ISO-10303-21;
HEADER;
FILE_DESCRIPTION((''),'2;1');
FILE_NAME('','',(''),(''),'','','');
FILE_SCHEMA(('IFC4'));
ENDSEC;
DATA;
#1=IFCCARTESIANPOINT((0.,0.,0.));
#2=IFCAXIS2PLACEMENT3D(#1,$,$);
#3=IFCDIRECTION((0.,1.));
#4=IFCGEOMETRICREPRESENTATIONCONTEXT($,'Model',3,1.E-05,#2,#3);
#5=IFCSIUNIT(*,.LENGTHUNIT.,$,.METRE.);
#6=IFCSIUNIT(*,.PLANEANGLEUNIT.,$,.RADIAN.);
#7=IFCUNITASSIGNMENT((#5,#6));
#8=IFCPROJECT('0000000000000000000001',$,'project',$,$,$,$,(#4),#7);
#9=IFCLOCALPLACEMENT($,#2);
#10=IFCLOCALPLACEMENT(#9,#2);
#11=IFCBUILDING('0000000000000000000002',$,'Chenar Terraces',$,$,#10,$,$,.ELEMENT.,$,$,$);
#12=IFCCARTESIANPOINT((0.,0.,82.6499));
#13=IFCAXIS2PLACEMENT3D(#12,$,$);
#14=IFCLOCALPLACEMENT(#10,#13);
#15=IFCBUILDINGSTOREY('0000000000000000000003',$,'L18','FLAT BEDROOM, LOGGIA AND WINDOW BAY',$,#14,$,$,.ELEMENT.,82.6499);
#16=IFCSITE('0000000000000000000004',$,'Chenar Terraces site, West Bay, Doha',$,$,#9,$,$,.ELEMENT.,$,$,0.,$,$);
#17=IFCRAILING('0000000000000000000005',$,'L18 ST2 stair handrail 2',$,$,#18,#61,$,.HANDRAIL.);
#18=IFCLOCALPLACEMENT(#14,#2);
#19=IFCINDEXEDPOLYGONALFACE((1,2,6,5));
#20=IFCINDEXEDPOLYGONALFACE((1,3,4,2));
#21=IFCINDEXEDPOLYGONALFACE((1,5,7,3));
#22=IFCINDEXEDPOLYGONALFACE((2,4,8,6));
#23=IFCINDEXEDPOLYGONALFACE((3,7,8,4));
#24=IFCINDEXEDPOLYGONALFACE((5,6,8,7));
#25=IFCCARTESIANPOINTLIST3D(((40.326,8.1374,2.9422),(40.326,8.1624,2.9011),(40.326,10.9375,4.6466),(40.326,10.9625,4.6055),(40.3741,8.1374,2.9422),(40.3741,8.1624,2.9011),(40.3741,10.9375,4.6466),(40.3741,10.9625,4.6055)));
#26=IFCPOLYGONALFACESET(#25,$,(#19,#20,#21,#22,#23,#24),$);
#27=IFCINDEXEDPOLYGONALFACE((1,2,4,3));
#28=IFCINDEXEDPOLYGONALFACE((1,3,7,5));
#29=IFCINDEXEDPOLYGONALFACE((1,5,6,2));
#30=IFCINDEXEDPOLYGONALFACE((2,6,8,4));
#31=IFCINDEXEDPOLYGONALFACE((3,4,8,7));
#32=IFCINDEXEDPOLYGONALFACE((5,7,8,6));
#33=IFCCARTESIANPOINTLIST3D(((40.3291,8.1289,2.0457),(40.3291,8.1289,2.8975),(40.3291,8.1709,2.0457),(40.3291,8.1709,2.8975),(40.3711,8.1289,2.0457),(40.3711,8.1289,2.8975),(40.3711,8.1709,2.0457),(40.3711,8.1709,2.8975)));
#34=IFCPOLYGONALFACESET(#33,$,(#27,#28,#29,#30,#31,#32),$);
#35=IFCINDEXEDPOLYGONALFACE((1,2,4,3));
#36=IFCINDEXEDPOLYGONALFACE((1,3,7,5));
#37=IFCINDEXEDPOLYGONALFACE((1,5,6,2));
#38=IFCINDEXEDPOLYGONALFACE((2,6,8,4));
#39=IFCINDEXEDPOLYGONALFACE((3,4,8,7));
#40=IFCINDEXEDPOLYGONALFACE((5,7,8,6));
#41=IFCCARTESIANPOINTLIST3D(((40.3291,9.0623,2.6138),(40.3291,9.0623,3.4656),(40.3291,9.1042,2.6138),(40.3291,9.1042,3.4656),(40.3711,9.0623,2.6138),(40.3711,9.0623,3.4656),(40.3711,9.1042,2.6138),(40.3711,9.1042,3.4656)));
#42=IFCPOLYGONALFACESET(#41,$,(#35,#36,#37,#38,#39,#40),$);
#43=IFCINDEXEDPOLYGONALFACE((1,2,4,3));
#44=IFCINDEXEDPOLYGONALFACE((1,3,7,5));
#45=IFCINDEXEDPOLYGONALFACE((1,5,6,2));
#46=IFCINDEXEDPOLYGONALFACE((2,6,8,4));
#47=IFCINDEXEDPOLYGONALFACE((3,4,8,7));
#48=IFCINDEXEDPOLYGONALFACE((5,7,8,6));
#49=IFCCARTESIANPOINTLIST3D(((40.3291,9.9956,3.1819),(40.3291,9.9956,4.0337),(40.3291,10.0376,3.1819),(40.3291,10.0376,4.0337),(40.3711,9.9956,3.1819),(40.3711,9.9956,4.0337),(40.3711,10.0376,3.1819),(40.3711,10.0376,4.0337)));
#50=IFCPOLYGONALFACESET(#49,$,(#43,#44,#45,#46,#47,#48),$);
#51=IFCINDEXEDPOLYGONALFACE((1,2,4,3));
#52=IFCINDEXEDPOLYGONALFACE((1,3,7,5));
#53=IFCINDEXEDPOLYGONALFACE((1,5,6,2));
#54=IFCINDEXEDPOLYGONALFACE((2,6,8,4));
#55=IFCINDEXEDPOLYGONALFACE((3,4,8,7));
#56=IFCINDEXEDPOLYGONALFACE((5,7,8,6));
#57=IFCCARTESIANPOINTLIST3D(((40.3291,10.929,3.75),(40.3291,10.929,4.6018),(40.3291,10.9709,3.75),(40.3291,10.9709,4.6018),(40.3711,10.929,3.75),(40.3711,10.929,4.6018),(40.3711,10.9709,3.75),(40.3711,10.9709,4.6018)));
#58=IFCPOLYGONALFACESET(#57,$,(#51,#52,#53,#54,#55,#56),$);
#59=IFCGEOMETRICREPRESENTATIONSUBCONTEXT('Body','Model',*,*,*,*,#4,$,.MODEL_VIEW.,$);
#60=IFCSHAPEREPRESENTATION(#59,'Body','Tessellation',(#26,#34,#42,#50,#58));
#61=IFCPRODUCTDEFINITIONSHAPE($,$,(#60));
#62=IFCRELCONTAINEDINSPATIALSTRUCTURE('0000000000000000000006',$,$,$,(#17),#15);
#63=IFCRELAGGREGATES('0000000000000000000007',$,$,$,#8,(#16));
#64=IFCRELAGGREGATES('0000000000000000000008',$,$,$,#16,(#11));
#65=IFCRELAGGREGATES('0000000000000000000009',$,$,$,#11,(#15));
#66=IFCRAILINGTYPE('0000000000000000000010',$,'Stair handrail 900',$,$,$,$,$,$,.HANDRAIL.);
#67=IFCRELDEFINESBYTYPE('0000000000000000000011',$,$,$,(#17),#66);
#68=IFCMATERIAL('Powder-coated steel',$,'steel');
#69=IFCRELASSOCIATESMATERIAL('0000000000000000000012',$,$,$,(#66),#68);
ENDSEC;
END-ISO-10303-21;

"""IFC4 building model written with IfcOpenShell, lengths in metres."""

from ifc_helpers import new_model, si_unit, direction, frame, origin, origin_2d, place, context, subcontext, project, spatial, rectangle, extrude, material, type_object, element, save


model = new_model("IFC4")

# Units and contexts
model_context = context("Model", 3, precision=1e-05, world=origin(), true_north=direction((0.0, 1.0)))
body_context = subcontext(model_context, "Body", "Model", "MODEL_VIEW")
ifc_project = project(units=[si_unit("LENGTHUNIT", "METRE"), si_unit("PLANEANGLEUNIT", "RADIAN")], contexts=[model_context])

# Site, building, storey
site_placement = place(None, origin())
site = spatial("IfcSite", under=ifc_project, at=site_placement, Name="Chenar Terraces site, West Bay, Doha", CompositionType="ELEMENT", RefElevation=0.0)
building_placement = place(site_placement, origin())
building = spatial("IfcBuilding", under=site, at=building_placement, Name="Chenar Terraces", CompositionType="ELEMENT")
storey_placement = place(building_placement, frame((0.0, 0.0, 82.6499)))
storey = spatial("IfcBuildingStorey", under=building, at=storey_placement, Name="L18", Description="FLAT BEDROOM, LOGGIA AND WINDOW BAY", CompositionType="ELEMENT", Elevation=82.6499)

# Railing
ifc_material_1 = material(Name="Powder-coated steel", Category="steel")
railing_type_1 = type_object("IfcRailingType", Name="Stair handrail 900", PredefinedType="HANDRAIL", material=ifc_material_1)
railing_1_placement = place(storey_placement, frame((40.3501, 8.1499, 2.0457)))
element("IfcRailing", 1, at=railing_1_placement, inside=storey, type_object=railing_type_1, Name="L18 ST2 stair handrail 2", PredefinedType="HANDRAIL", context=body_context, shape_type="SweptSolid", body=[
    extrude(rectangle(XDim=0.0481, YDim=0.0481, at=origin_2d()), frame((0.0, 0.0, 0.876), z_axis=(0.0, 0.854203, 0.51994), x_axis=(-1.0, 0.0, 0.0)), (0.0, 0.0, 1.0), 3.2781),
    extrude(rectangle(XDim=0.042, YDim=0.042, at=origin_2d()), origin(), (0.0, 0.0, 1.0), 0.8518),
    extrude(rectangle(XDim=0.042, YDim=0.042, at=origin_2d()), frame((0.0, 0.9333, 0.5681)), (0.0, 0.0, 1.0), 0.8518),
    extrude(rectangle(XDim=0.042, YDim=0.042, at=origin_2d()), frame((0.0, 1.8667, 1.1362)), (0.0, 0.0, 1.0), 0.8518),
    extrude(rectangle(XDim=0.042, YDim=0.042, at=origin_2d()), frame((0.0, 2.8, 1.7043)), (0.0, 0.0, 1.0), 0.8518),
])

save(model, "model.ifc")
